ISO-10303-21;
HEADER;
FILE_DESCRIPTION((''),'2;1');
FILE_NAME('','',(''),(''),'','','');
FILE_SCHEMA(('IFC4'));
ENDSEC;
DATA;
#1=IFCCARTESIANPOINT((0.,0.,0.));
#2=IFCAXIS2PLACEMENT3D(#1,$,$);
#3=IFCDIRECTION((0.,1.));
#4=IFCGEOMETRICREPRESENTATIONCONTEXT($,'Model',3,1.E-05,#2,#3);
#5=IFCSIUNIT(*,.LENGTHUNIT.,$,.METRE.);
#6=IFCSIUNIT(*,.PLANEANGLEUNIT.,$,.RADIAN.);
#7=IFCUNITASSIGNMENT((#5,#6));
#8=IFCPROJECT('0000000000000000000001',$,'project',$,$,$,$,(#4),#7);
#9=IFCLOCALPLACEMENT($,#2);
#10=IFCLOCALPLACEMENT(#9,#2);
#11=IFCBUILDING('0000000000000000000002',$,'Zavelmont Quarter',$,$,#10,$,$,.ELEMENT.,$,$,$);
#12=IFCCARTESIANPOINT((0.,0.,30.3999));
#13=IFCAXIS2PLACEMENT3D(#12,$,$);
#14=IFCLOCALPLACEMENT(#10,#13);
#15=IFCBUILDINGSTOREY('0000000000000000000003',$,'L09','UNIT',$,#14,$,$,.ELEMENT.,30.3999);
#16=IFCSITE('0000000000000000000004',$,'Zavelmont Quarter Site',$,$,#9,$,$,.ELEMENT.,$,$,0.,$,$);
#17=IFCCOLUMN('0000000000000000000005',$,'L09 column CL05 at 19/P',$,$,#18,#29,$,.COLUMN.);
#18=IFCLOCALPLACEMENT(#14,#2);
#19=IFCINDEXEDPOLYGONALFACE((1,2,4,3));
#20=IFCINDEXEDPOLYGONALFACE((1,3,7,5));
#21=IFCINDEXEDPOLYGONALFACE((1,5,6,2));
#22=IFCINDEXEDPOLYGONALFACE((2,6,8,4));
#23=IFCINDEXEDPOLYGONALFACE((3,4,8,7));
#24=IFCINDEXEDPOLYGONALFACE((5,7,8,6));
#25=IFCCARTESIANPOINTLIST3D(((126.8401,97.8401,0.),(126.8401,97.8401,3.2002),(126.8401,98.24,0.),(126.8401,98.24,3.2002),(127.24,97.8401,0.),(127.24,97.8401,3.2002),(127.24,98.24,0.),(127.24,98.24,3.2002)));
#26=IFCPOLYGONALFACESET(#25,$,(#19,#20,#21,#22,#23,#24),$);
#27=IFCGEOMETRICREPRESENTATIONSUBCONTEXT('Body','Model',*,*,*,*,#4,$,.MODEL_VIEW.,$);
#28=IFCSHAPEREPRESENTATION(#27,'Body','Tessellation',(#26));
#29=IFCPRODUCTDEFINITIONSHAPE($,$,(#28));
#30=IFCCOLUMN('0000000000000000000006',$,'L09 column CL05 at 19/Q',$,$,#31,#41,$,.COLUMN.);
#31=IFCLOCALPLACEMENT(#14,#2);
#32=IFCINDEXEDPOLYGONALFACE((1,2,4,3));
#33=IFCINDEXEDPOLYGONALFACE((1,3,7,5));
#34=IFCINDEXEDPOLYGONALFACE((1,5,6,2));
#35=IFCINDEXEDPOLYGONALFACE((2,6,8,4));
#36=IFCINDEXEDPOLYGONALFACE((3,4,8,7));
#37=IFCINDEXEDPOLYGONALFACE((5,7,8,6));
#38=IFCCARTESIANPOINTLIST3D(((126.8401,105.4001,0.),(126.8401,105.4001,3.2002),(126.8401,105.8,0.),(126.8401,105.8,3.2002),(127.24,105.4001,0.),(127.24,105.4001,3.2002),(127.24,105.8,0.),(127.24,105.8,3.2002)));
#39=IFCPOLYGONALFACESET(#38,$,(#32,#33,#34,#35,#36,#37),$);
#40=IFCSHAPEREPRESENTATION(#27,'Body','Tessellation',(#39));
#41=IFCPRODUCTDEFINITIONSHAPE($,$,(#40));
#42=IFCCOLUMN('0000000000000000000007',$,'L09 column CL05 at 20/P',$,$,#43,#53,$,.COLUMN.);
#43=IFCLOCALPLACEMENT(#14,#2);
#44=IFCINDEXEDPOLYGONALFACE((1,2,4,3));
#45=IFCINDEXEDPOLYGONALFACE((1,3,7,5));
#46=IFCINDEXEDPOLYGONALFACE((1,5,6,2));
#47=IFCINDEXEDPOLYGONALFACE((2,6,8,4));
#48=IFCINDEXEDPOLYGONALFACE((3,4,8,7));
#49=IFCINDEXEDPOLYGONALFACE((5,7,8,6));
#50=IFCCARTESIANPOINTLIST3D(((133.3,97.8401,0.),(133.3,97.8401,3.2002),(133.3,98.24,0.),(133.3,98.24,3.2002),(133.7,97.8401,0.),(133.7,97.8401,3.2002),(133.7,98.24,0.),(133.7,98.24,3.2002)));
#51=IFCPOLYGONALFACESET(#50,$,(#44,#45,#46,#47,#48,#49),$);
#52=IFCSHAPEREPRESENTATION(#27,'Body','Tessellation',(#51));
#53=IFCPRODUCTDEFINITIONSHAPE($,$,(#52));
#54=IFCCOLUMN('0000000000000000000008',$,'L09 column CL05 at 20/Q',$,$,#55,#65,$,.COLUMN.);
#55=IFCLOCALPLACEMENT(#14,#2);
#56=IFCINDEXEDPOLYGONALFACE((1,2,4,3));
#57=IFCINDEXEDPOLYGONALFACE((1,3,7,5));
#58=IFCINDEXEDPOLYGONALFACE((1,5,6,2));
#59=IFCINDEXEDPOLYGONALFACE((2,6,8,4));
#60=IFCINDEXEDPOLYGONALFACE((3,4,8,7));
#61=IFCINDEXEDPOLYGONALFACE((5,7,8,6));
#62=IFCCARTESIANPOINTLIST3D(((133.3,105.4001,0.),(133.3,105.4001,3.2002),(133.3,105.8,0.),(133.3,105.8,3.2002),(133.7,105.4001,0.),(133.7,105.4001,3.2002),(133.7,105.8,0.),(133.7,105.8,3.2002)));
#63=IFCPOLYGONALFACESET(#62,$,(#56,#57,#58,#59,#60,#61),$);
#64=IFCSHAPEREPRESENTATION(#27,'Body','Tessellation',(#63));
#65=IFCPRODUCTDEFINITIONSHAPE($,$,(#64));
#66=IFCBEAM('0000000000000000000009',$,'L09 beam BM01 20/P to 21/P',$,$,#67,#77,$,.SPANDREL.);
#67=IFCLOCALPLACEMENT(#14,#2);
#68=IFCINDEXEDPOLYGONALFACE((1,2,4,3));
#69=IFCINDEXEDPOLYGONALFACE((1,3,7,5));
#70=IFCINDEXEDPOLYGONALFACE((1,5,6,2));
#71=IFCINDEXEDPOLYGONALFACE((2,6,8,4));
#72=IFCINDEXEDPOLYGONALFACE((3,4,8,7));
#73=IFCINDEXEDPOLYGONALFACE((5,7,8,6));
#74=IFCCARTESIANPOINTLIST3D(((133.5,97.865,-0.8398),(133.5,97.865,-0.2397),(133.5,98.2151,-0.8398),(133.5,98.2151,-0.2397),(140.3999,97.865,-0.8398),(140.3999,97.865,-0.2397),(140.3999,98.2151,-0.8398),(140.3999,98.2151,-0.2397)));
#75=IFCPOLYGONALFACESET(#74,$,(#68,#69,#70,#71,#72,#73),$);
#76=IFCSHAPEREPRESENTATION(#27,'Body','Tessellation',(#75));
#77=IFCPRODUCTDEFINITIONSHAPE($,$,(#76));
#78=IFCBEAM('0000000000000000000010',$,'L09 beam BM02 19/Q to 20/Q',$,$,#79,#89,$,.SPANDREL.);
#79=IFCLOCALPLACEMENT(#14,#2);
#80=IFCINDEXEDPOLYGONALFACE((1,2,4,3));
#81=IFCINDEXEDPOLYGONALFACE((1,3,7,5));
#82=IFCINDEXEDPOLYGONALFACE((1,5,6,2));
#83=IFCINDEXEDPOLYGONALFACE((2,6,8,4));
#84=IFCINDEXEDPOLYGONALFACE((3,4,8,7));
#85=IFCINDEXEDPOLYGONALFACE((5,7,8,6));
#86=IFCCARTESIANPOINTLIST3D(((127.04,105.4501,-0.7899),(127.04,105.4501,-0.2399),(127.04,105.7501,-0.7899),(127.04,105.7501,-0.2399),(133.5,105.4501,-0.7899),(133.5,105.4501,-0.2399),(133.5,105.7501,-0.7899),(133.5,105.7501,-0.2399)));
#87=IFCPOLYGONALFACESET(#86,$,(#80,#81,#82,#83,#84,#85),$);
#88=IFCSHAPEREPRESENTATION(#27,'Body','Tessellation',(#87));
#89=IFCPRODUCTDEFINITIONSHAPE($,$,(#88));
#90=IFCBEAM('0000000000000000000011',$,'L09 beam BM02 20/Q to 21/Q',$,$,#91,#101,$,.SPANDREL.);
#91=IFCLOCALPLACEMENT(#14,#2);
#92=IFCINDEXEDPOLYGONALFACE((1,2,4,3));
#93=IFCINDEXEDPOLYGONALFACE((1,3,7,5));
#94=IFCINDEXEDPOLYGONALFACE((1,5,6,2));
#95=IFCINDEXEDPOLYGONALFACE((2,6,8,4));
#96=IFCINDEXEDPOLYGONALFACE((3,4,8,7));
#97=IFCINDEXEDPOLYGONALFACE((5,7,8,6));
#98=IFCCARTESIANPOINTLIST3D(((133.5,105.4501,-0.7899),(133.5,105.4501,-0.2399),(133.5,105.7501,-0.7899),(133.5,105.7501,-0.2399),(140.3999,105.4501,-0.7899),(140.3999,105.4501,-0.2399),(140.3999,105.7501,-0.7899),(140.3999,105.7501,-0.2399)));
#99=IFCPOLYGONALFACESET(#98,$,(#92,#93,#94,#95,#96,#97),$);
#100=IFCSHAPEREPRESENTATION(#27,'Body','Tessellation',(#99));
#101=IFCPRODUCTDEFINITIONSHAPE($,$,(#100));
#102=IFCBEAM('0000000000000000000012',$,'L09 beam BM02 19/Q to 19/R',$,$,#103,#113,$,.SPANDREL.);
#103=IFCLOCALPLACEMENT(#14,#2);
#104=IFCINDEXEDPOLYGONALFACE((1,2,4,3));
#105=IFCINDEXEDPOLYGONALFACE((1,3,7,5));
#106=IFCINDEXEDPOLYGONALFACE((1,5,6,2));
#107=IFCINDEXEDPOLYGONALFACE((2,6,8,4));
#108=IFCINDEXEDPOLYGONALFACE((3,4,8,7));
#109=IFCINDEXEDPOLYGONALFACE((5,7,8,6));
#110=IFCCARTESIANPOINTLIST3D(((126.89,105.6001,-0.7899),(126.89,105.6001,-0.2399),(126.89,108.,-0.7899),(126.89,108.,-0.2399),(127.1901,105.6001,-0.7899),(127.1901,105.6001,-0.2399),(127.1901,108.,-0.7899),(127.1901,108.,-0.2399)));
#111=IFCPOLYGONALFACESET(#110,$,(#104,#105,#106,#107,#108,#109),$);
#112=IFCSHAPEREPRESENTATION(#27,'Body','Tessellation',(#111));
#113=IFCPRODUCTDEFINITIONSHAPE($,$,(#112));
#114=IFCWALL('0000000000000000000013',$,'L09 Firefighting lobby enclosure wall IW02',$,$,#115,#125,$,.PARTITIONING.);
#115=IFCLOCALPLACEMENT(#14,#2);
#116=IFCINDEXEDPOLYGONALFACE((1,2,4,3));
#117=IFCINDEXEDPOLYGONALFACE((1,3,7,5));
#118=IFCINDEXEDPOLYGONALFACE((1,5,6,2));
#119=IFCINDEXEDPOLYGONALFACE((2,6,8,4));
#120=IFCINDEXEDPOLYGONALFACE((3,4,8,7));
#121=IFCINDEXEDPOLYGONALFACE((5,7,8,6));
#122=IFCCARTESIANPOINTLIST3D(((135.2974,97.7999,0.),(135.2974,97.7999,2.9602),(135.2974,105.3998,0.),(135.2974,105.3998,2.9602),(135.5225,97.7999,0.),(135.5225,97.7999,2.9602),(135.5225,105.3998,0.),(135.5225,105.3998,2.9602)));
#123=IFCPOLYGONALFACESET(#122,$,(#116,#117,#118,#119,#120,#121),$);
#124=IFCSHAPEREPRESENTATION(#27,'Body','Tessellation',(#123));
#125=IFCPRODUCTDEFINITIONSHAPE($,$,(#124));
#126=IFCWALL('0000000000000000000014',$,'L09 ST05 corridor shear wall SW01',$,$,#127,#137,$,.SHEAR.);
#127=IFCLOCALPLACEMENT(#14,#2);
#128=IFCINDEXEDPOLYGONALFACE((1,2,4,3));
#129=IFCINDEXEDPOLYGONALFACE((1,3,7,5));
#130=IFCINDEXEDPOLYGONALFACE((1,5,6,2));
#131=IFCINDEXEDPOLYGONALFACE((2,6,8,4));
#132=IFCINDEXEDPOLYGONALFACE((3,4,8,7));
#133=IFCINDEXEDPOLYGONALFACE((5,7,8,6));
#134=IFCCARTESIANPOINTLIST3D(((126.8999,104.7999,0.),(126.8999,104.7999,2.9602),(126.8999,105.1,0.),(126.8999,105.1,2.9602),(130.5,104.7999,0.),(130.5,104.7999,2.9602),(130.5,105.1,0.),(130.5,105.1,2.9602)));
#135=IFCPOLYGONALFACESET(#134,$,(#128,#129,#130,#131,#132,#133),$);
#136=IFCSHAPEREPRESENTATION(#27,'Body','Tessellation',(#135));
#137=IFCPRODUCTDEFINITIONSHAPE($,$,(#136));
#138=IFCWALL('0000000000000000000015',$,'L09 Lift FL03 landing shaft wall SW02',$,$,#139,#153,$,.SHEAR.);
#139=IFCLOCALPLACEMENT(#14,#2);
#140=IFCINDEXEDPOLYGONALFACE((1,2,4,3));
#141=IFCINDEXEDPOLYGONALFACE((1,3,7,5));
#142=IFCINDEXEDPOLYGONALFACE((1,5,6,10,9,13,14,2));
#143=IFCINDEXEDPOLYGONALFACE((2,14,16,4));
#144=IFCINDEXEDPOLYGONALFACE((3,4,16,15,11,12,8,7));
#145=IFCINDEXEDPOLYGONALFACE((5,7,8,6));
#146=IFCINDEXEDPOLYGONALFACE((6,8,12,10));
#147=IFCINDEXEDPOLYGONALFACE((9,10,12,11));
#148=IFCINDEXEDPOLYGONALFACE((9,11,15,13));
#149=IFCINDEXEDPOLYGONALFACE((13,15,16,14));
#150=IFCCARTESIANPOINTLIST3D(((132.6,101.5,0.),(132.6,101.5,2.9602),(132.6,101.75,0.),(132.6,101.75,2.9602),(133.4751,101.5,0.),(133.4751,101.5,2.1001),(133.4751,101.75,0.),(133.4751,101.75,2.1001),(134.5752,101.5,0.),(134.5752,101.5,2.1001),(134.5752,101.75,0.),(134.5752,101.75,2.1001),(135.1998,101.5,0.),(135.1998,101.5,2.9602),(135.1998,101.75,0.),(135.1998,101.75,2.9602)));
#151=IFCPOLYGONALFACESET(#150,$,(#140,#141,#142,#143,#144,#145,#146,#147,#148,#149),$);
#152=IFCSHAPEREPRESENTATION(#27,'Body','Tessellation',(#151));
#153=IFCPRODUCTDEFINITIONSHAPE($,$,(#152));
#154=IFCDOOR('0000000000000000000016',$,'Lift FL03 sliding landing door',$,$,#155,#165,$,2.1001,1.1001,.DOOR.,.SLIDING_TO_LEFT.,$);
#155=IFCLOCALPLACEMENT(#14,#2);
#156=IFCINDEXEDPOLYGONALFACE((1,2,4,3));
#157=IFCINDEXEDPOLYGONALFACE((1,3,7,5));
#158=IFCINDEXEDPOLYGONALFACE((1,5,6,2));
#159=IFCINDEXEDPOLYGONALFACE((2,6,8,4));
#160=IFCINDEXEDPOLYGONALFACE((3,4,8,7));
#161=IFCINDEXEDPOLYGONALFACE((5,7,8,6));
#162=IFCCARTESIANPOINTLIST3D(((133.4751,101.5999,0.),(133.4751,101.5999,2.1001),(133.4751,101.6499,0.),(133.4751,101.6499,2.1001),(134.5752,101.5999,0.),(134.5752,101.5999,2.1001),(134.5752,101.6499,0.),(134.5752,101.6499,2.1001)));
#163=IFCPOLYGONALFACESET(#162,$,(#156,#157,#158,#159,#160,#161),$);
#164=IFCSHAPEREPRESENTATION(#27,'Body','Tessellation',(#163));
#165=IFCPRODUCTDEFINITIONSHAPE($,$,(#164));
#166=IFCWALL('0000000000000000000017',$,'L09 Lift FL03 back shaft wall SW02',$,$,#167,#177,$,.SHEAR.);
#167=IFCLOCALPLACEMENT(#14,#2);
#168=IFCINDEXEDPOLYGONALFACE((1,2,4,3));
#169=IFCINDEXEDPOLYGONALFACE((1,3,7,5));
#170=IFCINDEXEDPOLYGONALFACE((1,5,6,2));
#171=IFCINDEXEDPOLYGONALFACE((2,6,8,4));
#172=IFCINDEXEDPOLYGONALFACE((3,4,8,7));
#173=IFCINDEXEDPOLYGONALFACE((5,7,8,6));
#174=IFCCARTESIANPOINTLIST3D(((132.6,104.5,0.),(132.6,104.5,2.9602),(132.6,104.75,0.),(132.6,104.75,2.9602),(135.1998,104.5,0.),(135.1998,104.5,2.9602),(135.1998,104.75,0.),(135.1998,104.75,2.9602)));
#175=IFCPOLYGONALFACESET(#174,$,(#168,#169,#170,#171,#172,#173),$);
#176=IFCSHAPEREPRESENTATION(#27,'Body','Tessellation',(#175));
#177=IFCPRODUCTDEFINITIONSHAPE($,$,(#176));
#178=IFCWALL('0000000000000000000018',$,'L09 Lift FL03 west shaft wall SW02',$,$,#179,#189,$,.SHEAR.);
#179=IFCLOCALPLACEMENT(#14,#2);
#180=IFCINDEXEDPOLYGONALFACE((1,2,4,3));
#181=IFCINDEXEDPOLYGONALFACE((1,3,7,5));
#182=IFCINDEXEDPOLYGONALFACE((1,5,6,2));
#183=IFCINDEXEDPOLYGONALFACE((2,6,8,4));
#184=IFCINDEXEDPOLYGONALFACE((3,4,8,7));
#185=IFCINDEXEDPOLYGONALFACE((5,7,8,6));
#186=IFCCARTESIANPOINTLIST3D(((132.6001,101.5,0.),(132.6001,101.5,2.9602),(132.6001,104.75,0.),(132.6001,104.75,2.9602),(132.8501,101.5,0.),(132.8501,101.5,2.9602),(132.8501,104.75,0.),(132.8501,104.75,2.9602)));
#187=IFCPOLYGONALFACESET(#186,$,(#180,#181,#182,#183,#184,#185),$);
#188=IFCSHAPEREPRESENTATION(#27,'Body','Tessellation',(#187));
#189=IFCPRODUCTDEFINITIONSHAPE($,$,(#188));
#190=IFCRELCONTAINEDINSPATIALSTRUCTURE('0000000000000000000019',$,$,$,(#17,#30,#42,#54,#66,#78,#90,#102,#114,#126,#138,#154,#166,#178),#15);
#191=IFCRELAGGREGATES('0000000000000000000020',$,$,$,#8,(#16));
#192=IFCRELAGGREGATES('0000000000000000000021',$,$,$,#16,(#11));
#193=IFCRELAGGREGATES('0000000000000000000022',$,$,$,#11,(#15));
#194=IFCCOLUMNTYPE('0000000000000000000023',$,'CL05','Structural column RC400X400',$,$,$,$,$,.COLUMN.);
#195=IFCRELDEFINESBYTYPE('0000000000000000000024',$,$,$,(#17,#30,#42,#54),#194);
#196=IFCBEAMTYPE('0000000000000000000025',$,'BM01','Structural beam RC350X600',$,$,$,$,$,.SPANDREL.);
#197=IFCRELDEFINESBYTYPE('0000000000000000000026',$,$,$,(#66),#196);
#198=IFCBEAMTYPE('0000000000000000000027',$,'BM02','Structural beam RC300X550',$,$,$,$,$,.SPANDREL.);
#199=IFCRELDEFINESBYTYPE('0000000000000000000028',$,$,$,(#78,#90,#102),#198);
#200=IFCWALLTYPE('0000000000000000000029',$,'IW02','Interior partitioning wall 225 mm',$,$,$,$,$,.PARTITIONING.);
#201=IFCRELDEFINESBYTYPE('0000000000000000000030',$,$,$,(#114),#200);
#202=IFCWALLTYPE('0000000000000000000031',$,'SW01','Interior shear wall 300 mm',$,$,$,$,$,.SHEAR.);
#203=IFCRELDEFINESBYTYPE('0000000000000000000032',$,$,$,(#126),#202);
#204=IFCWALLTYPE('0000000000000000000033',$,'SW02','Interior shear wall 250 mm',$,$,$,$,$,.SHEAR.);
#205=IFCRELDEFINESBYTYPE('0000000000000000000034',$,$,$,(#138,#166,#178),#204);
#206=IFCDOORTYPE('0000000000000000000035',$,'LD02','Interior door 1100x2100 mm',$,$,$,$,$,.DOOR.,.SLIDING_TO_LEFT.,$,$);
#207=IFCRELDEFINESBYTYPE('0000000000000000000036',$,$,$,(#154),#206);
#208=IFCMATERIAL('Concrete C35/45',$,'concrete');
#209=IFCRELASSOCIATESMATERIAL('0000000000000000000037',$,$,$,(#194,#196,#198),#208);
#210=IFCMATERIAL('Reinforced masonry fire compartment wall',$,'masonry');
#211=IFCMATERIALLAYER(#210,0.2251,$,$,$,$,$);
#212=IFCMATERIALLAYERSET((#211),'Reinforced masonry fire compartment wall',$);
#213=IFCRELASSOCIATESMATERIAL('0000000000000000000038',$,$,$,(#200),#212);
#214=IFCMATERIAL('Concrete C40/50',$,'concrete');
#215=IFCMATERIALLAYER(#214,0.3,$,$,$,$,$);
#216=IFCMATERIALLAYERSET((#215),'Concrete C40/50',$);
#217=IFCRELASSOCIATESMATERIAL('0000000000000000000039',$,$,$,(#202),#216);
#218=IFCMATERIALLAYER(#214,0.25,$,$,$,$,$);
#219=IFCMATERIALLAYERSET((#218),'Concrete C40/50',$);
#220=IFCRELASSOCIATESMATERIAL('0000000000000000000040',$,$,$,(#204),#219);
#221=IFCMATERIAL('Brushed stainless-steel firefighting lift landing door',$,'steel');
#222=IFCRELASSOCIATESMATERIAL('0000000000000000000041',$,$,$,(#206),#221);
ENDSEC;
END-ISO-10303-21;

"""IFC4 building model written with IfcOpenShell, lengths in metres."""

from ifc_helpers import new_model, si_unit, direction, frame, frame_2d, origin, origin_with_axes, origin_2d, place, context, subcontext, project, spatial, rectangle, extrude, material, layer, layer_set, material_profile, profile_set, type_object, element, fill, save


model = new_model("IFC4")

# Units and contexts
model_context = context("Model", 3, precision=1e-05, world=origin(), true_north=direction((0.0, 1.0)))
body_context = subcontext(model_context, "Body", "Model", "MODEL_VIEW")
ifc_project = project(units=[si_unit("LENGTHUNIT", "METRE"), si_unit("PLANEANGLEUNIT", "RADIAN")], contexts=[model_context])

# Site, building, storey
site_placement = place(None, origin())
site = spatial("IfcSite", under=ifc_project, at=site_placement, Name="Zavelmont Quarter Site", CompositionType="ELEMENT", RefElevation=0.0)
building_placement = place(site_placement, origin())
building = spatial("IfcBuilding", under=site, at=building_placement, Name="Zavelmont Quarter", CompositionType="ELEMENT")
storey_placement = place(building_placement, frame((0.0, 0.0, 30.3999)))
storey = spatial("IfcBuildingStorey", under=building, at=storey_placement, Name="L09", Description="UNIT", CompositionType="ELEMENT", Elevation=30.3999)

# Columns
ifc_material_1 = material(Name="Concrete C35/45", Category="concrete")
ifc_material_profile_1 = material_profile(ifc_material_1, rectangle(XDim=0.3999, YDim=0.3999, at=origin_2d()), Name="RC400X400")
ifc_profile_set_1 = profile_set([ifc_material_profile_1], Name="Concrete C35/45")
column_type = type_object("IfcColumnType", Name="CL05", Description="Structural column RC400X400", PredefinedType="COLUMN", material=ifc_profile_set_1)
for number, where, z_axis, x_axis, name in (
    (1, (127.04, 98.04, 0.0), (0.0, 0.0, 1.0), (1.0, 0.0, 0.0), "L09 column CL05 at 19/P"),
    (2, (127.04, 105.6001, 0.0), (0.0, 0.0, 1.0), (1.0, 0.0, 0.0), "L09 column CL05 at 19/Q"),
    (3, (133.5, 98.04, 0.0), (0.0, 0.0, 1.0), (1.0, 0.0, 0.0), "L09 column CL05 at 20/P"),
    (4, (133.5, 105.6001, 0.0), (0.0, 0.0, 1.0), (1.0, 0.0, 0.0), "L09 column CL05 at 20/Q"),
):
    element("IfcColumn", number, at=place(storey_placement, frame(where, z_axis=z_axis, x_axis=x_axis)), inside=storey, type_object=column_type, Name=name, PredefinedType="COLUMN", context=body_context, shape_type="SweptSolid", body=[
        extrude(rectangle(XDim=0.3999, YDim=0.3999, at=origin_2d()), origin(), (0.0, 0.0, 1.0), 3.2002),
    ])

# Beams
ifc_material_profile_2 = material_profile(ifc_material_1, rectangle(XDim=0.3501, YDim=0.6001, at=origin_2d()), Name="RC350X600")
ifc_profile_set_2 = profile_set([ifc_material_profile_2], Name="Concrete C35/45")
beam_type_1 = type_object("IfcBeamType", Name="BM01", Description="Structural beam RC350X600", PredefinedType="SPANDREL", material=ifc_profile_set_2)
beam_1_placement = place(storey_placement, frame((133.5, 98.04, -0.5398), z_axis=(1.0, 0.0, 0.0), x_axis=(0.0, 1.0, 0.0)))
element("IfcBeam", 5, at=beam_1_placement, inside=storey, type_object=beam_type_1, Name="L09 beam BM01 20/P to 21/P", PredefinedType="SPANDREL", context=body_context, shape_type="SweptSolid", body=[
    extrude(rectangle(XDim=0.3501, YDim=0.6001, at=origin_2d()), origin(), (0.0, 0.0, 1.0), 6.8999),
])
ifc_material_profile_3 = material_profile(ifc_material_1, rectangle(XDim=0.3, YDim=0.55, at=origin_2d()), Name="RC300X550")
ifc_profile_set_3 = profile_set([ifc_material_profile_3], Name="Concrete C35/45")
beam_type_2 = type_object("IfcBeamType", Name="BM02", Description="Structural beam RC300X550", PredefinedType="SPANDREL", material=ifc_profile_set_3)
beam_2_placement = place(storey_placement, frame((127.04, 105.6001, -0.5149), z_axis=(1.0, 0.0, 0.0), x_axis=(0.0, 1.0, 0.0)))
element("IfcBeam", 6, at=beam_2_placement, inside=storey, type_object=beam_type_2, Name="L09 beam BM02 19/Q to 20/Q", PredefinedType="SPANDREL", context=body_context, shape_type="SweptSolid", body=[
    extrude(rectangle(XDim=0.3, YDim=0.55, at=origin_2d()), origin(), (0.0, 0.0, 1.0), 6.46),
])
beam_3_placement = place(storey_placement, frame((133.5, 105.6001, -0.5149), z_axis=(1.0, 0.0, 0.0), x_axis=(0.0, 1.0, 0.0)))
element("IfcBeam", 7, at=beam_3_placement, inside=storey, type_object=beam_type_2, Name="L09 beam BM02 20/Q to 21/Q", PredefinedType="SPANDREL", context=body_context, shape_type="SweptSolid", body=[
    extrude(rectangle(XDim=0.3, YDim=0.55, at=origin_2d()), origin(), (0.0, 0.0, 1.0), 6.8999),
])
beam_4_placement = place(storey_placement, frame((127.04, 105.6001, -0.5149), z_axis=(0.0, 1.0, 0.0), x_axis=(-1.0, 0.0, 0.0)))
element("IfcBeam", 8, at=beam_4_placement, inside=storey, type_object=beam_type_2, Name="L09 beam BM02 19/Q to 19/R", PredefinedType="SPANDREL", context=body_context, shape_type="SweptSolid", body=[
    extrude(rectangle(XDim=0.3, YDim=0.55, at=origin_2d()), origin(), (0.0, 0.0, 1.0), 2.3999),
])

# Wall
ifc_material_2 = material(Name="Reinforced masonry fire compartment wall", Category="masonry")
ifc_layer_1 = layer(ifc_material_2, 0.2251)
ifc_layer_set_1 = layer_set([ifc_layer_1], Name="Reinforced masonry fire compartment wall")
wall_type_1 = type_object("IfcWallType", Name="IW02", Description="Interior partitioning wall 225 mm", PredefinedType="PARTITIONING", material=ifc_layer_set_1)
wall_1_placement = place(storey_placement, frame((135.4099, 97.8, 0.0), z_axis=(0.0, 0.0, 1.0), x_axis=(0.0, 1.0, 0.0)))
element("IfcWall", 9, at=wall_1_placement, inside=storey, type_object=wall_type_1, Name="L09 Firefighting lobby enclosure wall IW02", PredefinedType="PARTITIONING", context=body_context, shape_type="SweptSolid", body=[
    extrude(rectangle(XDim=7.5999, YDim=0.2251, at=frame_2d((3.7998, 0.0))), origin(), (0.0, 0.0, 1.0), 2.9602),
])

# Wall
ifc_material_3 = material(Name="Concrete C40/50", Category="concrete")
ifc_layer_2 = layer(ifc_material_3, 0.3)
ifc_layer_set_2 = layer_set([ifc_layer_2], Name="Concrete C40/50")
wall_type_2 = type_object("IfcWallType", Name="SW01", Description="Interior shear wall 300 mm", PredefinedType="SHEAR", material=ifc_layer_set_2)
wall_2_placement = place(storey_placement, frame((126.8999, 104.95, 0.0), z_axis=(0.0, 0.0, 1.0), x_axis=(1.0, 0.0, 0.0)))
element("IfcWall", 10, at=wall_2_placement, inside=storey, type_object=wall_type_2, Name="L09 ST05 corridor shear wall SW01", PredefinedType="SHEAR", context=body_context, shape_type="SweptSolid", body=[
    extrude(rectangle(XDim=3.6001, YDim=0.3, at=frame_2d((1.8, 0.0))), origin(), (0.0, 0.0, 1.0), 2.9602),
])

# Wall, opening, door
ifc_layer_3 = layer(ifc_material_3, 0.25)
ifc_layer_set_3 = layer_set([ifc_layer_3], Name="Concrete C40/50")
wall_type_3 = type_object("IfcWallType", Name="SW02", Description="Interior shear wall 250 mm", PredefinedType="SHEAR", material=ifc_layer_set_3)
wall_3_placement = place(storey_placement, frame((132.6001, 101.625, 0.0), z_axis=(0.0, 0.0, 1.0), x_axis=(1.0, 0.0, 0.0)))
wall_3 = element("IfcWall", 11, at=wall_3_placement, inside=storey, type_object=wall_type_3, Name="L09 Lift FL03 landing shaft wall SW02", PredefinedType="SHEAR", context=body_context, shape_type="SweptSolid", body=[
    extrude(rectangle(XDim=2.5999, YDim=0.25, at=frame_2d((1.2998, 0.0))), origin(), (0.0, 0.0, 1.0), 2.9602),
])
opening_1_placement = place(wall_3_placement, frame((0.875, 0.0, 0.0)))
opening_1 = element("IfcOpeningElement", 12, at=opening_1_placement, cuts=wall_3, PredefinedType="OPENING", context=body_context, shape_type="SweptSolid", body=[
    extrude(rectangle(XDim=1.1001, YDim=2.1001, at=frame_2d((0.55, 1.05))), frame((0.0, 0.137, 0.0), z_axis=(0.0, -1.0, 0.0), x_axis=(1.0, 0.0, 0.0)), (0.0, 0.0, 1.0), 0.2739),
])
ifc_material_4 = material(Name="Brushed stainless-steel firefighting lift landing door", Category="steel")
door_type_1 = type_object("IfcDoorType", Name="LD02", Description="Interior door 1100x2100 mm", OperationType="SLIDING_TO_LEFT", PredefinedType="DOOR", material=ifc_material_4)
door_1_placement = place(opening_1_placement, origin_with_axes())
door_1 = element("IfcDoor", 13, at=door_1_placement, inside=storey, type_object=door_type_1, Name="Lift FL03 sliding landing door", OperationType="SLIDING_TO_LEFT", OverallHeight=2.1001, OverallWidth=1.1001, PredefinedType="DOOR", context=body_context, shape_type="SweptSolid", body=[
    extrude(rectangle(XDim=1.1001, YDim=2.1001, at=frame_2d((0.55, 1.05))), frame((0.0, 0.0249, 0.0), z_axis=(0.0, -1.0, 0.0), x_axis=(1.0, 0.0, 0.0)), (0.0, 0.0, 1.0), 0.05),
])
fill(opening_1, door_1)

# Walls
wall_4_placement = place(storey_placement, frame((132.6001, 104.625, 0.0), z_axis=(0.0, 0.0, 1.0), x_axis=(1.0, 0.0, 0.0)))
element("IfcWall", 14, at=wall_4_placement, inside=storey, type_object=wall_type_3, Name="L09 Lift FL03 back shaft wall SW02", PredefinedType="SHEAR", context=body_context, shape_type="SweptSolid", body=[
    extrude(rectangle(XDim=2.5999, YDim=0.25, at=frame_2d((1.2998, 0.0))), origin(), (0.0, 0.0, 1.0), 2.9602),
])
for number, where, z_axis, x_axis, name in (
    (15, (132.7251, 101.5, 0.0), (0.0, 0.0, 1.0), (0.0, 1.0, 0.0), "L09 Lift FL03 west shaft wall SW02"),
):
    element("IfcWall", number, at=place(storey_placement, frame(where, z_axis=z_axis, x_axis=x_axis)), inside=storey, type_object=wall_type_3, Name=name, PredefinedType="SHEAR", context=body_context, shape_type="SweptSolid", body=[
        extrude(rectangle(XDim=3.25, YDim=0.25, at=frame_2d((1.625, 0.0))), origin(), (0.0, 0.0, 1.0), 2.9602),
    ])

save(model, "model.ifc")
